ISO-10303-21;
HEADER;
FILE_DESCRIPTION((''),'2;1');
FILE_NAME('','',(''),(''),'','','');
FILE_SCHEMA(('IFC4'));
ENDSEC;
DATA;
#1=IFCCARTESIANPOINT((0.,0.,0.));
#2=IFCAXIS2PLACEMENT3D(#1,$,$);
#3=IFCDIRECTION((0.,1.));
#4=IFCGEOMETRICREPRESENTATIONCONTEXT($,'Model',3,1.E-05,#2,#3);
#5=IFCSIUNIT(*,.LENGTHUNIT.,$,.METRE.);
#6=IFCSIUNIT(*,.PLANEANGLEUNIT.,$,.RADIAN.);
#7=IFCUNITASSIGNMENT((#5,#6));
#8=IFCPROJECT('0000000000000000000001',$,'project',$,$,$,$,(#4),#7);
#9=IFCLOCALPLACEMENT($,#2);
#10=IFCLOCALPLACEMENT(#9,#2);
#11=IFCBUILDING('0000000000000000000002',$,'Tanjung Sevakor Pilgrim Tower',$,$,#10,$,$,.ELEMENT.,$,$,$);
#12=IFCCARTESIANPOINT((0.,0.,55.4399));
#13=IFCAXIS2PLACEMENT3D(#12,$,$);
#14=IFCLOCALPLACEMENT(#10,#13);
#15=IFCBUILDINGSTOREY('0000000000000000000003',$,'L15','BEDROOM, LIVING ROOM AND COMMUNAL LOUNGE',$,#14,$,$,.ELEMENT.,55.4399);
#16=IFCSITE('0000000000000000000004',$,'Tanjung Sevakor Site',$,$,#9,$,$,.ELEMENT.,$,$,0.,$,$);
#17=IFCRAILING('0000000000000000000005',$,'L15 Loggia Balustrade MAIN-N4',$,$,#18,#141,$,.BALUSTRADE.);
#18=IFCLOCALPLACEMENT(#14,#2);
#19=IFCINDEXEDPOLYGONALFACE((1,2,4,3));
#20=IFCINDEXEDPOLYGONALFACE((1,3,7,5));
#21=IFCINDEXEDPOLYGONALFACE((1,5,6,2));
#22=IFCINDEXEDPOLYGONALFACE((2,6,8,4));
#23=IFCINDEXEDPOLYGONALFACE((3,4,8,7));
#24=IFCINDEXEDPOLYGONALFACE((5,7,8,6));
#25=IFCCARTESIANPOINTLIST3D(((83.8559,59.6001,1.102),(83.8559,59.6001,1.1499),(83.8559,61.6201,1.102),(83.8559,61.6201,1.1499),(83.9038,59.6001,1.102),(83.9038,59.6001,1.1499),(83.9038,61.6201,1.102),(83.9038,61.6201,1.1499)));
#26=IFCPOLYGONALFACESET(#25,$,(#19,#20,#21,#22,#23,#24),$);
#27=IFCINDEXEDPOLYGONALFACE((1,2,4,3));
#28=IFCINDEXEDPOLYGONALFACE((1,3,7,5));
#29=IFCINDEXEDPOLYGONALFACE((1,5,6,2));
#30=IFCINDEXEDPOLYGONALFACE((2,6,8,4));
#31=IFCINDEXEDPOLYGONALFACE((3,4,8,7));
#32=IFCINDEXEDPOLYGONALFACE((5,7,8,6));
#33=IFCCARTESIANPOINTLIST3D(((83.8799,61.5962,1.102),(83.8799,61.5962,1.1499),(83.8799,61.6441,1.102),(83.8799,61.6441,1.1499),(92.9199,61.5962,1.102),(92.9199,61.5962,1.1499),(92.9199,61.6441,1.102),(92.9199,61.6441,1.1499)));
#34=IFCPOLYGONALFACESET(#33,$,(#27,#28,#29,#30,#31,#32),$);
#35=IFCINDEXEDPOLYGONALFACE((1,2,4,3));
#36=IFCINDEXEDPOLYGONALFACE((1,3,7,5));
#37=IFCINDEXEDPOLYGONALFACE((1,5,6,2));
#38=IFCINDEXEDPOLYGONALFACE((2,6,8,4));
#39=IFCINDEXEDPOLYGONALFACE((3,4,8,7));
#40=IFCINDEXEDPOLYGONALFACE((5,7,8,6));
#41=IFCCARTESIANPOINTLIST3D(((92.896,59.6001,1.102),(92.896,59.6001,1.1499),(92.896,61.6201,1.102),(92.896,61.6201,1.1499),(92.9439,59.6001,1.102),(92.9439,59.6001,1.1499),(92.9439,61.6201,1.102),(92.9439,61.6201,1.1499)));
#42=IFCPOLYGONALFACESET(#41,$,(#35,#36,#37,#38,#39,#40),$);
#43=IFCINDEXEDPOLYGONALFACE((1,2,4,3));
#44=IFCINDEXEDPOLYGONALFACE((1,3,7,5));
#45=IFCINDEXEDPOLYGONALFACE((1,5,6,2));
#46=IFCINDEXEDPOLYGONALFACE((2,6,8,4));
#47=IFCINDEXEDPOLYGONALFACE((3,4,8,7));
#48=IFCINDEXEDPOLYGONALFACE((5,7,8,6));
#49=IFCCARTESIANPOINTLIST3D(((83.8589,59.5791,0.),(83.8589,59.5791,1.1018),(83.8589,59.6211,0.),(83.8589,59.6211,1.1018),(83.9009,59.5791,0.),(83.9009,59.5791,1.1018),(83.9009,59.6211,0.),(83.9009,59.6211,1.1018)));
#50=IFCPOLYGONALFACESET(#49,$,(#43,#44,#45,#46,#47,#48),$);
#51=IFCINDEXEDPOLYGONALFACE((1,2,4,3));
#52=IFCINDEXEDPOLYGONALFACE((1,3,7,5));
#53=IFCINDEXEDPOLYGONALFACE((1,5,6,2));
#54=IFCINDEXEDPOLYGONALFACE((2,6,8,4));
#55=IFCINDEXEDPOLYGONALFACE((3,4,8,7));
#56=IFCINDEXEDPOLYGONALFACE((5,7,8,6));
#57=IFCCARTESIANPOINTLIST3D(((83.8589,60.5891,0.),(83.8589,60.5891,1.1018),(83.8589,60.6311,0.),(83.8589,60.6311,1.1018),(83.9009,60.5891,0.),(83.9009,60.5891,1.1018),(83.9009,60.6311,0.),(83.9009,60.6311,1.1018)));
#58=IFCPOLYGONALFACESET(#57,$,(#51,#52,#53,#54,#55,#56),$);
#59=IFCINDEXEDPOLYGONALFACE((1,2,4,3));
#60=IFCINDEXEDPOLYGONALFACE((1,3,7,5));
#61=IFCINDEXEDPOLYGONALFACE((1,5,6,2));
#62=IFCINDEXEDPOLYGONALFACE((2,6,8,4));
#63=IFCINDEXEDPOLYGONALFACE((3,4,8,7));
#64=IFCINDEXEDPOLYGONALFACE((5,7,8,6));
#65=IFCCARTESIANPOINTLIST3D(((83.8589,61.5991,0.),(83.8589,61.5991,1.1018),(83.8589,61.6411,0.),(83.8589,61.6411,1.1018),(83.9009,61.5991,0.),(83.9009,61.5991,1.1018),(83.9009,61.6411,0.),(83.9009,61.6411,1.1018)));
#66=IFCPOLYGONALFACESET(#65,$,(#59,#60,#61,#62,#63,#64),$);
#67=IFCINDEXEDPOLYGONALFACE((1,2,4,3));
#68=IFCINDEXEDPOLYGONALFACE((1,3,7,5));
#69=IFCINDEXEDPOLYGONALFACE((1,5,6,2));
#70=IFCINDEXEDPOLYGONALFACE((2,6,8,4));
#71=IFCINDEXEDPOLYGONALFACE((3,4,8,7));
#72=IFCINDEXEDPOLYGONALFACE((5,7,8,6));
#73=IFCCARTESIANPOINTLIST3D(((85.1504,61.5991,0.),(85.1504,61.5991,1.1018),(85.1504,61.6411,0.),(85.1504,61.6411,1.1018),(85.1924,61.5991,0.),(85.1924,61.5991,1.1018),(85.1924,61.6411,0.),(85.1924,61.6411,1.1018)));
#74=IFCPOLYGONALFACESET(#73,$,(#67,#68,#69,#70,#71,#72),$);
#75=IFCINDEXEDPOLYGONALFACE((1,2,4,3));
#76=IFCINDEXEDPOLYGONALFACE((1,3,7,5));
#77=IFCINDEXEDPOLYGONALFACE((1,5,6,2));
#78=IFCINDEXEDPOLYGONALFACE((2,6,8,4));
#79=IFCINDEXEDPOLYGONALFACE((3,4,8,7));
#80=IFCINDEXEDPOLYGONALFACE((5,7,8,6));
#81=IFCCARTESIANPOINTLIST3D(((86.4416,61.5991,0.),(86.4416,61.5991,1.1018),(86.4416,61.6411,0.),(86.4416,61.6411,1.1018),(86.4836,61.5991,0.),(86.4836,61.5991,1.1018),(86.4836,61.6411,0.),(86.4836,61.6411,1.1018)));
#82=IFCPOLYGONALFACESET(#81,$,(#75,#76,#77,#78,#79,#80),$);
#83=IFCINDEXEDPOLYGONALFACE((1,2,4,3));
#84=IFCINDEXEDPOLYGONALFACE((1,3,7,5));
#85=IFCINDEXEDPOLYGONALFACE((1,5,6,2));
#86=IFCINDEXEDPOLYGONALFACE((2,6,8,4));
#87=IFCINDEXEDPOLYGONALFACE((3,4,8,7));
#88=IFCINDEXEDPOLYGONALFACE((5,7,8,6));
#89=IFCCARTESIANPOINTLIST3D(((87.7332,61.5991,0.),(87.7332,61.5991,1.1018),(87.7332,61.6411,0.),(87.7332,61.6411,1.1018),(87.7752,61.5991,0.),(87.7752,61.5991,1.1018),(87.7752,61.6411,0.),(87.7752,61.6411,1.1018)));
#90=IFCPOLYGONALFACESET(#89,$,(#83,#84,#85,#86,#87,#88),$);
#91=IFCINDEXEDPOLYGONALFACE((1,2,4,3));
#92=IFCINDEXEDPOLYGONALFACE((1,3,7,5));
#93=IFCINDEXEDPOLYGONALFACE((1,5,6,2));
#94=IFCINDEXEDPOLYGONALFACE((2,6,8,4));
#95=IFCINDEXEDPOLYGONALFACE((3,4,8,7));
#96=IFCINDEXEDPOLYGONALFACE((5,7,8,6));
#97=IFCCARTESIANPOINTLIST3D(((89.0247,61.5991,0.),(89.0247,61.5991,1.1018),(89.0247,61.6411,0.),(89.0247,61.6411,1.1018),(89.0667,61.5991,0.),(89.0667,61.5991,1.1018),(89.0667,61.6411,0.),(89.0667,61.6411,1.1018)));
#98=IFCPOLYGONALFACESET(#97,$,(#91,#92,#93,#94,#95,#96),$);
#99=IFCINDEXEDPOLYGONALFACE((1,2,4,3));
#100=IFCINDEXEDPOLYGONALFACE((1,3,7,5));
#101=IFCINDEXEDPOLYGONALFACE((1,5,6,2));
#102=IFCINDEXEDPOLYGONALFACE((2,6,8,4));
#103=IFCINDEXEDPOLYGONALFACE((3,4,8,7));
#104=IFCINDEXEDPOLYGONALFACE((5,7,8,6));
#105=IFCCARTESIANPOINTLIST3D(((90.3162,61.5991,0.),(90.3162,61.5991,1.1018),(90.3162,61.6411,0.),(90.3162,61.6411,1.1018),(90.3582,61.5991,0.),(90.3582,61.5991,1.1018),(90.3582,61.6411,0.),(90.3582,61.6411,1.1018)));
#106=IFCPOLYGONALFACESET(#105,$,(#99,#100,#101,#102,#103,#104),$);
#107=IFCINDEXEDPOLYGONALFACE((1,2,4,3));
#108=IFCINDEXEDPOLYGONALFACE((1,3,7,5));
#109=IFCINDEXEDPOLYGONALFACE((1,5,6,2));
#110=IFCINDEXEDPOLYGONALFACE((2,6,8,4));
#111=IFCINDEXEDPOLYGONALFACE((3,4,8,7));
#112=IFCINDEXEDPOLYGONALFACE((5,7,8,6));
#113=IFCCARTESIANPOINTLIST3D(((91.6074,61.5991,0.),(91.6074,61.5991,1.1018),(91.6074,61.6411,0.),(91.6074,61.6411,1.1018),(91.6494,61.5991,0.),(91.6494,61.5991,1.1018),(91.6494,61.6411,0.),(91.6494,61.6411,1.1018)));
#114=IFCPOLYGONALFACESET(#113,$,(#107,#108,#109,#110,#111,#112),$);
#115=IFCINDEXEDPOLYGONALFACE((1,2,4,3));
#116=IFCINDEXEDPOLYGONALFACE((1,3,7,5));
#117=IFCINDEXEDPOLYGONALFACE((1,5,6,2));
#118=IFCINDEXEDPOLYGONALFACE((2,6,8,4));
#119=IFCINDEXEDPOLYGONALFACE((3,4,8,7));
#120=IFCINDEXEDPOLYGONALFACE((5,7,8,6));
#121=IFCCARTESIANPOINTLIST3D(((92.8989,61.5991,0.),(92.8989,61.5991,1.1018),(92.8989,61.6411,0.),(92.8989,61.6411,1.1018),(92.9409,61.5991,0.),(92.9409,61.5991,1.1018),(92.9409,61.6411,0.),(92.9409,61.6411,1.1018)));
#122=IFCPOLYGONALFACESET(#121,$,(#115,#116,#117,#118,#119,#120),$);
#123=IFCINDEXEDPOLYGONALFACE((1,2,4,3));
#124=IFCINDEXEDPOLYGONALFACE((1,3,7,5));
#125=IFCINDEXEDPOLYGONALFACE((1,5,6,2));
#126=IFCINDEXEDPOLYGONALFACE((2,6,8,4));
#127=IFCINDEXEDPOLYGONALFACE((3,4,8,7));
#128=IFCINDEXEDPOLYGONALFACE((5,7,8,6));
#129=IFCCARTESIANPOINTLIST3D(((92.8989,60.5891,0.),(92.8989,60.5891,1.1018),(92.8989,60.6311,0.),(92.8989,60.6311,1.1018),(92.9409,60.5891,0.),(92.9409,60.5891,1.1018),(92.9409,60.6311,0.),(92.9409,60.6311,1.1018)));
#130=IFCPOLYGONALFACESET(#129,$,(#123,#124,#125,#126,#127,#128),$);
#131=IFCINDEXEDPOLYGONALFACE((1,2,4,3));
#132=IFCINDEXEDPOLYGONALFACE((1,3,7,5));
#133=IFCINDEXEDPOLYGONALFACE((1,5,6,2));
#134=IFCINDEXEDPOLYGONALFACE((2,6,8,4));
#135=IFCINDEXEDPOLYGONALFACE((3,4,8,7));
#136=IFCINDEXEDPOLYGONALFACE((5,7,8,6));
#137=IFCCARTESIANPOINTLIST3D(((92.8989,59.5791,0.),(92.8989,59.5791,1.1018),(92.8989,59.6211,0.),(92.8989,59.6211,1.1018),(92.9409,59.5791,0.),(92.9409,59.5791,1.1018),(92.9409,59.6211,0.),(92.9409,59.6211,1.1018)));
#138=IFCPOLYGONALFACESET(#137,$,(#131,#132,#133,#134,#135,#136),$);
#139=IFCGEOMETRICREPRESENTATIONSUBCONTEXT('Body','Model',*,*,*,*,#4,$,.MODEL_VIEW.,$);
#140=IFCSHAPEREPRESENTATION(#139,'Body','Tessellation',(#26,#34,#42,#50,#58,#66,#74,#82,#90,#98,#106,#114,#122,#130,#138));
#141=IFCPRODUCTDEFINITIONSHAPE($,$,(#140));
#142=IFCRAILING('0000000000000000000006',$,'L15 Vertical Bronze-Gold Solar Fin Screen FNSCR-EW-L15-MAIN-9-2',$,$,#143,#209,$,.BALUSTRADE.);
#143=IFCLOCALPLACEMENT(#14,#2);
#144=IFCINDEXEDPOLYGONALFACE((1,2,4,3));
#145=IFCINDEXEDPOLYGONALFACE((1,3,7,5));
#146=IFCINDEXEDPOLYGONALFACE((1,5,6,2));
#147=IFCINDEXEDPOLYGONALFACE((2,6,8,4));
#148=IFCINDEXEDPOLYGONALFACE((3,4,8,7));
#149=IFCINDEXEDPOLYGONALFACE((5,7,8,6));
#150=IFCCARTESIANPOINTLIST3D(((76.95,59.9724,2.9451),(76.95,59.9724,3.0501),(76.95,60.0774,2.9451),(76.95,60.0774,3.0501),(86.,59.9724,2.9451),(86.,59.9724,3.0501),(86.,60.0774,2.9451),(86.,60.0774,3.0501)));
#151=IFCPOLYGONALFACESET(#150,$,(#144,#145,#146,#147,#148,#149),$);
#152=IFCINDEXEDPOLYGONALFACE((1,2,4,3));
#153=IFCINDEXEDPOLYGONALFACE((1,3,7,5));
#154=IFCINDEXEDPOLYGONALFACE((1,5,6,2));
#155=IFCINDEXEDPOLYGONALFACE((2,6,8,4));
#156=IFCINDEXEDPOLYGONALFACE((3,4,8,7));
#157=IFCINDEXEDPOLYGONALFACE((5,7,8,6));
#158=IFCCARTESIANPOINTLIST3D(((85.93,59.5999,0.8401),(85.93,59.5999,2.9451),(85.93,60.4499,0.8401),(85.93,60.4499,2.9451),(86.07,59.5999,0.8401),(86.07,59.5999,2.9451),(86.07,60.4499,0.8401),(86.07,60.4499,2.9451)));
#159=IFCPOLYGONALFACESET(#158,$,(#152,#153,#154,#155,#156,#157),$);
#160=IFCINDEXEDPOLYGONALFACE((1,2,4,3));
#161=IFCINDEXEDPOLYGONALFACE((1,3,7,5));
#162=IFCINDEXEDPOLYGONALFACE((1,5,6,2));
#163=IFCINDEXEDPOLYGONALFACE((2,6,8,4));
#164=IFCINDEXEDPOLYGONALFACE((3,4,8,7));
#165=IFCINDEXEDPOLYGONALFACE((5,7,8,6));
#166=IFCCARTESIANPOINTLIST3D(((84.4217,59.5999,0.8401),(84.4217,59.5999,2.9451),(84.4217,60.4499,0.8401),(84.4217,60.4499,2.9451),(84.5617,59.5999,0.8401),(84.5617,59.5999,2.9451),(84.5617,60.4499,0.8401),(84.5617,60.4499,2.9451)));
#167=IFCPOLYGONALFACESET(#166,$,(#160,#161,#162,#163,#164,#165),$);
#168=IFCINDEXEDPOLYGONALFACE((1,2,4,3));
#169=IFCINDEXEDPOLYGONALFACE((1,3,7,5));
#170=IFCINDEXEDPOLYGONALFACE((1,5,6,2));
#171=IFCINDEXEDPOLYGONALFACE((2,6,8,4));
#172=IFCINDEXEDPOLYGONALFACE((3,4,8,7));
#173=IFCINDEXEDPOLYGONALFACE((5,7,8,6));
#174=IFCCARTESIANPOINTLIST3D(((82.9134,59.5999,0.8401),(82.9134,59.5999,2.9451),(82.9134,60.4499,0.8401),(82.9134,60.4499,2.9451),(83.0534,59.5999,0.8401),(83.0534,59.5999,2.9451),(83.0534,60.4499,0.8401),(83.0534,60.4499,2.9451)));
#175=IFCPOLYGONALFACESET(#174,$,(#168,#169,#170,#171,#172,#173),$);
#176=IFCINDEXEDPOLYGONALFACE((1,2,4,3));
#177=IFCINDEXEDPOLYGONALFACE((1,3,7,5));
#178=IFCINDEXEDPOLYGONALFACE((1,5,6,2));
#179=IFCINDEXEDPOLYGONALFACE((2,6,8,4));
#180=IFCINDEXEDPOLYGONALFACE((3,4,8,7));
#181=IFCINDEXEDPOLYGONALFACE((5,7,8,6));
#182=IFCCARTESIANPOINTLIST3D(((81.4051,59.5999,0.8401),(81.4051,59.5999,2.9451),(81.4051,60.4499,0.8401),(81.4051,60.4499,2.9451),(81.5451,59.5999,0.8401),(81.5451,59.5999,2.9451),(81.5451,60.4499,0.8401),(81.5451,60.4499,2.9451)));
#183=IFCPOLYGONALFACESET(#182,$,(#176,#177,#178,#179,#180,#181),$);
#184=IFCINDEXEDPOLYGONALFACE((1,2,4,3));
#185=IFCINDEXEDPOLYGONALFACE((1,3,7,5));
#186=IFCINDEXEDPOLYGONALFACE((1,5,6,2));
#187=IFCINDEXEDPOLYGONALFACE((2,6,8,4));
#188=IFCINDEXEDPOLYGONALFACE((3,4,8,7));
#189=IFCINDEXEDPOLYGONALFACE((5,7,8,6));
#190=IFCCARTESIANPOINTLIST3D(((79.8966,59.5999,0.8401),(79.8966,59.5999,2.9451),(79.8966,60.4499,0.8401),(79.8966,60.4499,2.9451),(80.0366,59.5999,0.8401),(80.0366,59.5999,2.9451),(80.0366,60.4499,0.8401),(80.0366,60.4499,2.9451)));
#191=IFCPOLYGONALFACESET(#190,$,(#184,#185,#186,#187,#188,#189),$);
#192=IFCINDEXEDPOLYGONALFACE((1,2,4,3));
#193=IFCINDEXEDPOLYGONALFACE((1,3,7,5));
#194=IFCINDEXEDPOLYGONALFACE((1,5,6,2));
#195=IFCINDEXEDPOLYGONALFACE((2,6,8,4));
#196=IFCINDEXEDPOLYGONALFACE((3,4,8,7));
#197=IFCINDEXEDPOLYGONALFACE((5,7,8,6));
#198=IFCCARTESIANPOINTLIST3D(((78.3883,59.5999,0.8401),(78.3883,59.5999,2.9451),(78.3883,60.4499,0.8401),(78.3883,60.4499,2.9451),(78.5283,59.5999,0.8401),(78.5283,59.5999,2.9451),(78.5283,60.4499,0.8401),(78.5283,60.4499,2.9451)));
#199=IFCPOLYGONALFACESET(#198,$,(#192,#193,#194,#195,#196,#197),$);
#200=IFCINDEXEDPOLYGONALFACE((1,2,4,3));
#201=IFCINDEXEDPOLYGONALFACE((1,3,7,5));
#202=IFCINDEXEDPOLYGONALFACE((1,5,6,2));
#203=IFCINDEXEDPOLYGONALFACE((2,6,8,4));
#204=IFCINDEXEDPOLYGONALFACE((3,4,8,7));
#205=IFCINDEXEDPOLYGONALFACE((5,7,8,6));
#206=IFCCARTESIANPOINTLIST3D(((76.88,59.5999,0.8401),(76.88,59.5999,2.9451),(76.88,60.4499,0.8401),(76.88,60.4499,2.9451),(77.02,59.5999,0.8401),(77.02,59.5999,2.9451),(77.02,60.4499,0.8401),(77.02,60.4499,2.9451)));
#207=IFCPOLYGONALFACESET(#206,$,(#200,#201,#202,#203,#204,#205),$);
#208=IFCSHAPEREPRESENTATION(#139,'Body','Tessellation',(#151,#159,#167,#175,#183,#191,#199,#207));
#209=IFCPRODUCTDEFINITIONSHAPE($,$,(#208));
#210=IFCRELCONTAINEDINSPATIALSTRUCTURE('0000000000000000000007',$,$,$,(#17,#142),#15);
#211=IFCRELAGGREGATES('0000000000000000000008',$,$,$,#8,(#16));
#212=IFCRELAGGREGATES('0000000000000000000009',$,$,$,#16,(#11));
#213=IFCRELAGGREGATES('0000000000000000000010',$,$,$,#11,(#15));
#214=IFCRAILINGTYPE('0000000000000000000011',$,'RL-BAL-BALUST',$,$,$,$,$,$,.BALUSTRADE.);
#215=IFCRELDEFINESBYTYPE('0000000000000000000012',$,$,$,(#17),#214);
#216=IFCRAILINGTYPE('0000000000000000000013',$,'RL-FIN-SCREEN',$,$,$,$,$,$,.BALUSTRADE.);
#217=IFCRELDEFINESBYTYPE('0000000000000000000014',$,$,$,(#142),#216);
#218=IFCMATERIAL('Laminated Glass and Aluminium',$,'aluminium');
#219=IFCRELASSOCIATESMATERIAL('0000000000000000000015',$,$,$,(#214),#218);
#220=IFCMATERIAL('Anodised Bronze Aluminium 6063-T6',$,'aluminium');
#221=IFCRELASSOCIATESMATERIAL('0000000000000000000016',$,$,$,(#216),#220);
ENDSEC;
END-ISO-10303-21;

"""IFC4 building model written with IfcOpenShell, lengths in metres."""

from ifc_helpers import new_model, si_unit, direction, frame, origin, place, context, subcontext, project, spatial, rectangle, extrude, material, type_object, element, save


model = new_model("IFC4")

# Units and contexts
model_context = context("Model", 3, precision=1e-05, world=origin(), true_north=direction((0.0, 1.0)))
body_context = subcontext(model_context, "Body", "Model", "MODEL_VIEW")
ifc_project = project(units=[si_unit("LENGTHUNIT", "METRE"), si_unit("PLANEANGLEUNIT", "RADIAN")], contexts=[model_context])

# Site, building, storey
site_placement = place(None, origin())
site = spatial("IfcSite", under=ifc_project, at=site_placement, Name="Tanjung Sevakor Site", CompositionType="ELEMENT", RefElevation=0.0)
building_placement = place(site_placement, origin())
building = spatial("IfcBuilding", under=site, at=building_placement, Name="Tanjung Sevakor Pilgrim Tower", CompositionType="ELEMENT")
storey_placement = place(building_placement, frame((0.0, 0.0, 55.4399)))
storey = spatial("IfcBuildingStorey", under=building, at=storey_placement, Name="L15", Description="BEDROOM, LIVING ROOM AND COMMUNAL LOUNGE", CompositionType="ELEMENT", Elevation=55.4399)

# Railings
ifc_material_1 = material(Name="Laminated Glass and Aluminium", Category="aluminium")
railing_type_1 = type_object("IfcRailingType", Name="RL-BAL-BALUST", PredefinedType="BALUSTRADE", material=ifc_material_1)
railing_1_placement = place(storey_placement, frame((83.8799, 59.6001, 0.0)))
element("IfcRailing", 1, at=railing_1_placement, inside=storey, type_object=railing_type_1, Name="L15 Loggia Balustrade MAIN-N4", PredefinedType="BALUSTRADE", context=body_context, shape_type="SweptSolid", body=[
    extrude(rectangle(XDim=0.0479, YDim=0.0479), frame((0.0, 0.0, 1.126), z_axis=(0.0, 1.0, 0.0), x_axis=(-1.0, 0.0, 0.0)), (0.0, 0.0, 1.0), 2.02),
    extrude(rectangle(XDim=0.0479, YDim=0.0479), frame((0.0, 2.02, 1.126), z_axis=(1.0, 0.0, 0.0), x_axis=(0.0, 1.0, 0.0)), (0.0, 0.0, 1.0), 9.04),
    extrude(rectangle(XDim=0.0479, YDim=0.0479), frame((9.04, 2.02, 1.126), z_axis=(0.0, -1.0, 0.0), x_axis=(1.0, 0.0, 0.0)), (0.0, 0.0, 1.0), 2.02),
    extrude(rectangle(XDim=0.042, YDim=0.042), origin(), (0.0, 0.0, 1.0), 1.1018),
    extrude(rectangle(XDim=0.042, YDim=0.042), frame((0.0, 1.01, 0.0)), (0.0, 0.0, 1.0), 1.1018),
    extrude(rectangle(XDim=0.042, YDim=0.042), frame((0.0, 2.02, 0.0)), (0.0, 0.0, 1.0), 1.1018),
    extrude(rectangle(XDim=0.042, YDim=0.042), frame((1.2915, 2.02, 0.0)), (0.0, 0.0, 1.0), 1.1018),
    extrude(rectangle(XDim=0.042, YDim=0.042), frame((2.5828, 2.02, 0.0)), (0.0, 0.0, 1.0), 1.1018),
    extrude(rectangle(XDim=0.042, YDim=0.042), frame((3.8743, 2.02, 0.0)), (0.0, 0.0, 1.0), 1.1018),
    extrude(rectangle(XDim=0.042, YDim=0.042), frame((5.1658, 2.02, 0.0)), (0.0, 0.0, 1.0), 1.1018),
    extrude(rectangle(XDim=0.042, YDim=0.042), frame((6.4573, 2.02, 0.0)), (0.0, 0.0, 1.0), 1.1018),
    extrude(rectangle(XDim=0.042, YDim=0.042), frame((7.7485, 2.02, 0.0)), (0.0, 0.0, 1.0), 1.1018),
    extrude(rectangle(XDim=0.042, YDim=0.042), frame((9.04, 2.02, 0.0)), (0.0, 0.0, 1.0), 1.1018),
    extrude(rectangle(XDim=0.042, YDim=0.042), frame((9.04, 1.01, 0.0)), (0.0, 0.0, 1.0), 1.1018),
    extrude(rectangle(XDim=0.042, YDim=0.042), frame((9.04, 0.0, 0.0)), (0.0, 0.0, 1.0), 1.1018),
])
ifc_material_2 = material(Name="Anodised Bronze Aluminium 6063-T6", Category="aluminium")
railing_type_2 = type_object("IfcRailingType", Name="RL-FIN-SCREEN", PredefinedType="BALUSTRADE", material=ifc_material_2)
railing_2_placement = place(storey_placement, frame((86.0, 60.0249, 0.8401)))
element("IfcRailing", 2, at=railing_2_placement, inside=storey, type_object=railing_type_2, Name="L15 Vertical Bronze-Gold Solar Fin Screen FNSCR-EW-L15-MAIN-9-2", PredefinedType="BALUSTRADE", context=body_context, shape_type="SweptSolid", body=[
    extrude(rectangle(XDim=0.105, YDim=0.105), frame((0.0, 0.0, 2.1575), z_axis=(-1.0, 0.0, 0.0), x_axis=(0.0, -1.0, 0.0)), (0.0, 0.0, 1.0), 9.05),
    extrude(rectangle(XDim=0.14, YDim=0.85), origin(), (0.0, 0.0, 1.0), 2.105),
    extrude(rectangle(XDim=0.14, YDim=0.85), frame((-1.5083, 0.0, 0.0)), (0.0, 0.0, 1.0), 2.105),
    extrude(rectangle(XDim=0.14, YDim=0.85), frame((-3.0166, 0.0, 0.0)), (0.0, 0.0, 1.0), 2.105),
    extrude(rectangle(XDim=0.14, YDim=0.85), frame((-4.5249, 0.0, 0.0)), (0.0, 0.0, 1.0), 2.105),
    extrude(rectangle(XDim=0.14, YDim=0.85), frame((-6.0334, 0.0, 0.0)), (0.0, 0.0, 1.0), 2.105),
    extrude(rectangle(XDim=0.14, YDim=0.85), frame((-7.5417, 0.0, 0.0)), (0.0, 0.0, 1.0), 2.105),
    extrude(rectangle(XDim=0.14, YDim=0.85), frame((-9.05, 0.0, 0.0)), (0.0, 0.0, 1.0), 2.105),
])

save(model, "model.ifc")
